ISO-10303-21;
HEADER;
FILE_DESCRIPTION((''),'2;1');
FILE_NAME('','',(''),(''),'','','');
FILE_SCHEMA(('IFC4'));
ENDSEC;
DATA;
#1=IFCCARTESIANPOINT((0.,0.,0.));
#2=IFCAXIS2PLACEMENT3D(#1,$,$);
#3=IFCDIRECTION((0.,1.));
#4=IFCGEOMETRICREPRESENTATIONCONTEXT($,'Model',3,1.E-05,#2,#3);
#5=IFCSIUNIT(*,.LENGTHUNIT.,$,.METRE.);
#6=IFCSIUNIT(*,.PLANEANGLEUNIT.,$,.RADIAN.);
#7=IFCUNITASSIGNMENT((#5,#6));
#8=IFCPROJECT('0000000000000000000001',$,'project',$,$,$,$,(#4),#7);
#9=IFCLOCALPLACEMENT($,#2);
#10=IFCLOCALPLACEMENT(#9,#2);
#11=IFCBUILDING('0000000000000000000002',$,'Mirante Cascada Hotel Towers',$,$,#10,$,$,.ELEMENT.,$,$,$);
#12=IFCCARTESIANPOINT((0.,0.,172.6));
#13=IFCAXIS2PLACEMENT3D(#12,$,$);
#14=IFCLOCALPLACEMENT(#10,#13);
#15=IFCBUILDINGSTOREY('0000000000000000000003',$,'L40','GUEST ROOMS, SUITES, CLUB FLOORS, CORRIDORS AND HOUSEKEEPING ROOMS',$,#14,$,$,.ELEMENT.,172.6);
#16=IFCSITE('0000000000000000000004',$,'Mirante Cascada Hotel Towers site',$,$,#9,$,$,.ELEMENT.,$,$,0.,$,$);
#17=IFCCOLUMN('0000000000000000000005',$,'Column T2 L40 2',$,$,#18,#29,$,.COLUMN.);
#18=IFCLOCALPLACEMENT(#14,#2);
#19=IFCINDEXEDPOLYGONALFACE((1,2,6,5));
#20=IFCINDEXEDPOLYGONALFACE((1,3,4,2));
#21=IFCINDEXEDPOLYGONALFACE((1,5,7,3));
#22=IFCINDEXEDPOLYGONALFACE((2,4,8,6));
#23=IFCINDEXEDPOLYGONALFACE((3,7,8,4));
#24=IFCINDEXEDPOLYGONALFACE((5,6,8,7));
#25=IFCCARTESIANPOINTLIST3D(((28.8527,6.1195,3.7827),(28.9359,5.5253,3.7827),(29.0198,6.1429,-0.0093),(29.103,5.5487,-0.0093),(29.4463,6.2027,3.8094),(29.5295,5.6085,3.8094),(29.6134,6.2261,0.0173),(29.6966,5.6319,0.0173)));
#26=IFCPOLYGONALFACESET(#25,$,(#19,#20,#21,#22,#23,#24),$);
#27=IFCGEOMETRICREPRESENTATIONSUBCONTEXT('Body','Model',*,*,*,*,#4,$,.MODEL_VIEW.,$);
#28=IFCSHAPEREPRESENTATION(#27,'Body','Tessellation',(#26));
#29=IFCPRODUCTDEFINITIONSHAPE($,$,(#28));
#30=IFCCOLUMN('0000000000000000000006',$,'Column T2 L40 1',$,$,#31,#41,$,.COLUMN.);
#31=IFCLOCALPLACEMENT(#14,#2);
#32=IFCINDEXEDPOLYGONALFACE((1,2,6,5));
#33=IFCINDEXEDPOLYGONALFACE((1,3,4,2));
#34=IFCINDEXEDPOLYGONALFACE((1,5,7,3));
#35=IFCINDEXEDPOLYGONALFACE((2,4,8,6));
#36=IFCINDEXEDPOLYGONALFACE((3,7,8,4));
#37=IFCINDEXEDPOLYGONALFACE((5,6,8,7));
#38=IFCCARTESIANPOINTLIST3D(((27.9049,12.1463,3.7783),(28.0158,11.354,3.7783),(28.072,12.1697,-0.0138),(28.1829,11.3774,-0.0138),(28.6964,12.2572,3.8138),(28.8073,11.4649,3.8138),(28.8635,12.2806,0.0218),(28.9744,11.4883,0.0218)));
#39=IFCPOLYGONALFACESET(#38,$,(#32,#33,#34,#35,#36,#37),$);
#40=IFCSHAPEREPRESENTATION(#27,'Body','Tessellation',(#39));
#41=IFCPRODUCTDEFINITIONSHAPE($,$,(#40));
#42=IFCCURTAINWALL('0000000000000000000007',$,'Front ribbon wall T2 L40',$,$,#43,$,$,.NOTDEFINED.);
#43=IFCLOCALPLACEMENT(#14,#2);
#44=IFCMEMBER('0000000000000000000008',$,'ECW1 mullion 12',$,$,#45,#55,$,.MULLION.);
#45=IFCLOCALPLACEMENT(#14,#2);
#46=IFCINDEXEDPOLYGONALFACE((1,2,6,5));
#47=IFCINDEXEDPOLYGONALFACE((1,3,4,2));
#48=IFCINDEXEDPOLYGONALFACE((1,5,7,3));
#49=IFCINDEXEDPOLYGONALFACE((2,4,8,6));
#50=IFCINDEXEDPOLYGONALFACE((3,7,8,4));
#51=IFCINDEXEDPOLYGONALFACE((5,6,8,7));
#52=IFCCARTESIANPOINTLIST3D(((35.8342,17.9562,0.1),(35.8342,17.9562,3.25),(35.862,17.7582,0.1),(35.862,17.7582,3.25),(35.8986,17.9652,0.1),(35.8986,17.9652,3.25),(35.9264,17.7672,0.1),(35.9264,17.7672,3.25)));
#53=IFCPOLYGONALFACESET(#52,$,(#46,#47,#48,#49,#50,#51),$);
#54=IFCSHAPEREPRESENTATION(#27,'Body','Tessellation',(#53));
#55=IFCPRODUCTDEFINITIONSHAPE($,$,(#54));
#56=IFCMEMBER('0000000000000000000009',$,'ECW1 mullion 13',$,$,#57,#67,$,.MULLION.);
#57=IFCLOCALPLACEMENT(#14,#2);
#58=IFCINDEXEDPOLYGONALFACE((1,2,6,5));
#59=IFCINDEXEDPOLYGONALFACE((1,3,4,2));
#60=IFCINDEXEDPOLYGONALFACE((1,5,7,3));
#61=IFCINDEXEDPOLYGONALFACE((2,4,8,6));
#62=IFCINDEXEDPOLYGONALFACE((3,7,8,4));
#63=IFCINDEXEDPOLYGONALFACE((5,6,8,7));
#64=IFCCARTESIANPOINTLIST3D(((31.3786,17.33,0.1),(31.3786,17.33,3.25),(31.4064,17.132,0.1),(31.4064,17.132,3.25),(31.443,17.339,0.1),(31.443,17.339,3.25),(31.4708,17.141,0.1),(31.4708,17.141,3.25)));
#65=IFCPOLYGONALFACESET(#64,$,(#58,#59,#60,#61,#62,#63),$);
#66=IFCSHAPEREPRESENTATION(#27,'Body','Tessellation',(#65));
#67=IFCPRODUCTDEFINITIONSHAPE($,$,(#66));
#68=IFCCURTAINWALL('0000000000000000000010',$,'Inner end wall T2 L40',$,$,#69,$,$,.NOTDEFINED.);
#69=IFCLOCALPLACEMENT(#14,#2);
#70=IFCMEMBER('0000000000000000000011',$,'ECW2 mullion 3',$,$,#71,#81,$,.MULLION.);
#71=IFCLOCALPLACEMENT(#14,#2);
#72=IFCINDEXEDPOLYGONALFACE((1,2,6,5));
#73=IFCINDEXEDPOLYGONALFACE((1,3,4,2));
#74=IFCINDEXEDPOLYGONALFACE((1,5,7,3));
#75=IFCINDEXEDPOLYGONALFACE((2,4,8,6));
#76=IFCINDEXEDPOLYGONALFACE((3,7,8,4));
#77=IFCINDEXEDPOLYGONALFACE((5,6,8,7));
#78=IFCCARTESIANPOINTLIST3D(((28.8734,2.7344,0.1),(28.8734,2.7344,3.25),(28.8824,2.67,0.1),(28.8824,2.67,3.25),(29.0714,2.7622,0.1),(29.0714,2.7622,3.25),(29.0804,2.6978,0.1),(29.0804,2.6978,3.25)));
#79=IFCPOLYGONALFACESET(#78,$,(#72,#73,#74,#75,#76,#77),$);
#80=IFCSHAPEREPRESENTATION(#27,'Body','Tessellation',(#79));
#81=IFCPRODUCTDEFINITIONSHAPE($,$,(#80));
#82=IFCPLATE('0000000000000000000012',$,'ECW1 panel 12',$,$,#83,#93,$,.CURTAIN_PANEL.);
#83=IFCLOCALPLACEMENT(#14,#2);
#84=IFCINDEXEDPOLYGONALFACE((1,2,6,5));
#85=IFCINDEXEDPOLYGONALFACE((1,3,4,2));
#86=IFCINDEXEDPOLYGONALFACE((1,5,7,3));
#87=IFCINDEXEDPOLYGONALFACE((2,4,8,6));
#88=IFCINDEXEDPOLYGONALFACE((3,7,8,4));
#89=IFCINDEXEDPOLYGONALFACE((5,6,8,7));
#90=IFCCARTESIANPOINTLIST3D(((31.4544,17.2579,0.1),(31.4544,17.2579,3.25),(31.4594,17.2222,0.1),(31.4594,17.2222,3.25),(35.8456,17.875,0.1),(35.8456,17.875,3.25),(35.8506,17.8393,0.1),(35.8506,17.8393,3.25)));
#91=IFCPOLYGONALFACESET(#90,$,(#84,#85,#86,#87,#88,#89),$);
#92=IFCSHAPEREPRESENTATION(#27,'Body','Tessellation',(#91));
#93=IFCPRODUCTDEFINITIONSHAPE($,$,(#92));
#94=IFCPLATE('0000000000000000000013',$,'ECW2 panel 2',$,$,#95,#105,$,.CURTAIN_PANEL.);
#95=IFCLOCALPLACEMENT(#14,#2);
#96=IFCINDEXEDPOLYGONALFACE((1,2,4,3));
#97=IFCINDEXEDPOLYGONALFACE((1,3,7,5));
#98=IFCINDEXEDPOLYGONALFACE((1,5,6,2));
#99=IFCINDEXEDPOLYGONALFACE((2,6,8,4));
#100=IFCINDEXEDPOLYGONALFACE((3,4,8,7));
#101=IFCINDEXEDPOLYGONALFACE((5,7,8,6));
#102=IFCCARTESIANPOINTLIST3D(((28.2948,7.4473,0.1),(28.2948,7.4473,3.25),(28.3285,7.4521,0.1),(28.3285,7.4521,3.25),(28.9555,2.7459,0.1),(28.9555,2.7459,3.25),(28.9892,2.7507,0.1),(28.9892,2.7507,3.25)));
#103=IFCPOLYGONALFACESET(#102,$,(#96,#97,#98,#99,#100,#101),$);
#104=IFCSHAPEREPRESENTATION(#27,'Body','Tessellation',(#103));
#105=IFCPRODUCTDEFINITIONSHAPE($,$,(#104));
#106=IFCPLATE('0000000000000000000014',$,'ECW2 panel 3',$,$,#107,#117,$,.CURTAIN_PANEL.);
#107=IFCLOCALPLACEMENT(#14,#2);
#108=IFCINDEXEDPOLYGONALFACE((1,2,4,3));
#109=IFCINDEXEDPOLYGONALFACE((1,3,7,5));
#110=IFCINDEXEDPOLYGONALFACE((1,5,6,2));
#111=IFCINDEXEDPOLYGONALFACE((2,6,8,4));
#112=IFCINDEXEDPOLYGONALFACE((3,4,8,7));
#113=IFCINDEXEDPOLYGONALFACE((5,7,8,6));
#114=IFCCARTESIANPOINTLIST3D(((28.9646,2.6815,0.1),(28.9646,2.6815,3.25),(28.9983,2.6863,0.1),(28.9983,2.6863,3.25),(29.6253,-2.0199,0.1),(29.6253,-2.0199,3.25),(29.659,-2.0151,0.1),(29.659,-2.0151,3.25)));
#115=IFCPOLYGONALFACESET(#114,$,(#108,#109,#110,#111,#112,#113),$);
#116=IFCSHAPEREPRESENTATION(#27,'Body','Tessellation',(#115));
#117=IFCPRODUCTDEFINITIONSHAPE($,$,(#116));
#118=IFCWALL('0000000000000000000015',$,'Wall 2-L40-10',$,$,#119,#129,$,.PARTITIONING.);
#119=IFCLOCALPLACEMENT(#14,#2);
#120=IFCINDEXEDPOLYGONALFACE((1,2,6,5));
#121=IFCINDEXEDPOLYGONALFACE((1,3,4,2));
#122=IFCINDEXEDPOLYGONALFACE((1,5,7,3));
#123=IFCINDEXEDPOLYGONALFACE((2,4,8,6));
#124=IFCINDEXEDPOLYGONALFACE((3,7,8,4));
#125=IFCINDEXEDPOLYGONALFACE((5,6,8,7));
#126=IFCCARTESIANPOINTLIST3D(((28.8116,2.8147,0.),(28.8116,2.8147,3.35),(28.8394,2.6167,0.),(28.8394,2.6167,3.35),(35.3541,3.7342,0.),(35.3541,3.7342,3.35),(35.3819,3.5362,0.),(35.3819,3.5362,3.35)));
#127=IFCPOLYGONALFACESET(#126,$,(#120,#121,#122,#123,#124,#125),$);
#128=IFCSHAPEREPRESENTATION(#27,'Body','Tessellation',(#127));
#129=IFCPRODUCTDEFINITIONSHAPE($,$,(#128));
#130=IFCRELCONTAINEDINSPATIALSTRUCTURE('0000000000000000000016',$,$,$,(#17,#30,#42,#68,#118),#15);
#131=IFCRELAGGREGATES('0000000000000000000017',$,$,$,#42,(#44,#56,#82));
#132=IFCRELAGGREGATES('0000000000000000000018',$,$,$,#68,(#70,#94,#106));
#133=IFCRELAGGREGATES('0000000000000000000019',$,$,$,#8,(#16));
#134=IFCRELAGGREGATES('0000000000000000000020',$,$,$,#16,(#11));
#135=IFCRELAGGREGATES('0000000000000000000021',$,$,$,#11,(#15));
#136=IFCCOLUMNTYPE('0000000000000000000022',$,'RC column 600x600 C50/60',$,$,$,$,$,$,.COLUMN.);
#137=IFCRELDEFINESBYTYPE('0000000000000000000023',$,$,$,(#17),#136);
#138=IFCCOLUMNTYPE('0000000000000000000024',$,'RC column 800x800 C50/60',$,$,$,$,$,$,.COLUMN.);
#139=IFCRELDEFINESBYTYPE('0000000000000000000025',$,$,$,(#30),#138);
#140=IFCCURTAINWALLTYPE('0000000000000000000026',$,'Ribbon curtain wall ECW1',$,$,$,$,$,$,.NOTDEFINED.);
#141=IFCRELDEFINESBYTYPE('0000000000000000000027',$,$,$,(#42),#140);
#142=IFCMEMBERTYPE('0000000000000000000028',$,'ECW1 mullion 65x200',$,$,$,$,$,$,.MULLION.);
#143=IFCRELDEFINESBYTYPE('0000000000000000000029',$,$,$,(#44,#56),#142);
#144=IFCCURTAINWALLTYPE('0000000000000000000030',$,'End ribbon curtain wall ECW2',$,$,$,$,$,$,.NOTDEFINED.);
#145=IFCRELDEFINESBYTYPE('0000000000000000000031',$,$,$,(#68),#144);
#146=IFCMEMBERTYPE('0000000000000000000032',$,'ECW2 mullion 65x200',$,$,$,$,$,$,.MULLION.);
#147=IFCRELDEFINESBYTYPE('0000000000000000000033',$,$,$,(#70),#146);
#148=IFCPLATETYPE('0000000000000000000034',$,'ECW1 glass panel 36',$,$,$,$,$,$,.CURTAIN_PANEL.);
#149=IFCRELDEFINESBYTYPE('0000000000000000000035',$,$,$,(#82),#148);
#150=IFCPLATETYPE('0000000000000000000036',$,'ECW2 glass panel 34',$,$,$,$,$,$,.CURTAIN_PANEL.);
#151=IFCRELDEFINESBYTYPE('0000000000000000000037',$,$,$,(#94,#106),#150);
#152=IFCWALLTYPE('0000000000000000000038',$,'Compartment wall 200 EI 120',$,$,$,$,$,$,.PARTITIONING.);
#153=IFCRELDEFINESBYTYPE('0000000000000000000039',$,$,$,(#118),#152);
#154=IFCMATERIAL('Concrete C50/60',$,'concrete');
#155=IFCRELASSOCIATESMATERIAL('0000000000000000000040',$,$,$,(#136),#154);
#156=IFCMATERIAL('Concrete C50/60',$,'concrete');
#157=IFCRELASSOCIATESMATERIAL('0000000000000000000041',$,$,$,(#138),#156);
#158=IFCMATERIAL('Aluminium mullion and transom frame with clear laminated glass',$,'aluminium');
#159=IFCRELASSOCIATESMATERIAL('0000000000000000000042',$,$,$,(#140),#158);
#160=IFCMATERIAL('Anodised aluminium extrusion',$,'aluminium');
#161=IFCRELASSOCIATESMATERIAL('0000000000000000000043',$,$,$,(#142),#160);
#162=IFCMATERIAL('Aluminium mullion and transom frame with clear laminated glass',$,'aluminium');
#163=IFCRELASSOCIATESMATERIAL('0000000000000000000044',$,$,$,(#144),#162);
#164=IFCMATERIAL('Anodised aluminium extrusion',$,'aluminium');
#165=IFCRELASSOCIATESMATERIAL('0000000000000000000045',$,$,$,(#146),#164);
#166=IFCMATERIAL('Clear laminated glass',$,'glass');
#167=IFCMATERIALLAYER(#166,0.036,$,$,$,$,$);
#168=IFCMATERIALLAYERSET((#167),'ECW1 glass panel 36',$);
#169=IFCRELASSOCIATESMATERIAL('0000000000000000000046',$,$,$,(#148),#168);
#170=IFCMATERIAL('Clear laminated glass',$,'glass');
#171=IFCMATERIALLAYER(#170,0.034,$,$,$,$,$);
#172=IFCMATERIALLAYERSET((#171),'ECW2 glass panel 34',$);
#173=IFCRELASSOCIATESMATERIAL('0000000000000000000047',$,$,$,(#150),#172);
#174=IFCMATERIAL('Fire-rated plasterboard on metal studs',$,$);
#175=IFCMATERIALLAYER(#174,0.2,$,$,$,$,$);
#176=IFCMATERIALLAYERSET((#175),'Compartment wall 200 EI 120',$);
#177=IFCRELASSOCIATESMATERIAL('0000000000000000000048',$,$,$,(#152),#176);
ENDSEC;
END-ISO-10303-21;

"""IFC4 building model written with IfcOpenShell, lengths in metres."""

from ifc_helpers import new_model, si_unit, direction, frame, frame_2d, origin, origin_2d, place, context, subcontext, project, spatial, rectangle, extrude, material, layer, layer_set, material_profile, profile_set, type_object, element, aggregate, save


model = new_model("IFC4")

# Units and contexts
model_context = context("Model", 3, precision=1e-05, world=origin(), true_north=direction((0.0, 1.0)))
body_context = subcontext(model_context, "Body", "Model", "MODEL_VIEW")
ifc_project = project(units=[si_unit("LENGTHUNIT", "METRE"), si_unit("PLANEANGLEUNIT", "RADIAN")], contexts=[model_context])

# Site, building, storey
site_placement = place(None, origin())
site = spatial("IfcSite", under=ifc_project, at=site_placement, Name="Mirante Cascada Hotel Towers site", CompositionType="ELEMENT", RefElevation=0.0)
building_placement = place(site_placement, origin())
building = spatial("IfcBuilding", under=site, at=building_placement, Name="Mirante Cascada Hotel Towers", CompositionType="ELEMENT")
storey_placement = place(building_placement, frame((0.0, 0.0, 172.6)))
storey = spatial("IfcBuildingStorey", under=building, at=storey_placement, Name="L40", Description="GUEST ROOMS, SUITES, CLUB FLOORS, CORRIDORS AND HOUSEKEEPING ROOMS", CompositionType="ELEMENT", Elevation=172.6)

# Columns
ifc_material_1 = material(Name="Concrete C50/60", Category="concrete")
ifc_material_profile_1 = material_profile(ifc_material_1, rectangle(XDim=0.6, YDim=0.6, at=origin_2d()), Name="RC column 600x600 C50/60")
ifc_profile_set_1 = profile_set([ifc_material_profile_1], Name="Concrete C50/60")
column_type_1 = type_object("IfcColumnType", Name="RC column 600x600 C50/60", PredefinedType="COLUMN", material=ifc_profile_set_1)
column_1_placement = place(storey_placement, frame((29.3582, 5.8874, 0.004), z_axis=(-0.044023, -0.006165, 0.999012), x_axis=(0.138683, -0.990337, 0.0)))
element("IfcColumn", 1, at=column_1_placement, inside=storey, type_object=column_type_1, Name="Column T2 L40 2", PredefinedType="COLUMN", context=body_context, shape_type="SweptSolid", body=[
    extrude(rectangle(XDim=0.6, YDim=0.6, at=origin_2d()), origin(), (0.0, 0.0, 1.0), 3.7958),
])
ifc_material_2 = material(Name="Concrete C50/60", Category="concrete")
ifc_material_profile_2 = material_profile(ifc_material_2, rectangle(XDim=0.8, YDim=0.8, at=origin_2d()), Name="RC column 800x800 C50/60")
ifc_profile_set_2 = profile_set([ifc_material_profile_2], Name="Concrete C50/60")
column_type_2 = type_object("IfcColumnType", Name="RC column 800x800 C50/60", PredefinedType="COLUMN", material=ifc_profile_set_2)
column_2_placement = place(storey_placement, frame((28.5232, 11.829, 0.004), z_axis=(-0.044023, -0.006165, 0.999012), x_axis=(0.138683, -0.990337, 0.0)))
element("IfcColumn", 2, at=column_2_placement, inside=storey, type_object=column_type_2, Name="Column T2 L40 1", PredefinedType="COLUMN", context=body_context, shape_type="SweptSolid", body=[
    extrude(rectangle(XDim=0.8, YDim=0.8, at=origin_2d()), origin(), (0.0, 0.0, 1.0), 3.7958),
])

# Curtain wall, members
ifc_material_3 = material(Name="Aluminium mullion and transom frame with clear laminated glass", Category="aluminium")
curtain_wall_type_1 = type_object("IfcCurtainWallType", Name="Ribbon curtain wall ECW1", PredefinedType="NOTDEFINED", material=ifc_material_3)
curtain_wall_1_placement = place(storey_placement, origin())
curtain_wall_1 = element("IfcCurtainWall", 3, at=curtain_wall_1_placement, inside=storey, type_object=curtain_wall_type_1, Name="Front ribbon wall T2 L40", PredefinedType="NOTDEFINED")
ifc_material_4 = material(Name="Anodised aluminium extrusion", Category="aluminium")
ifc_material_profile_3 = material_profile(ifc_material_4, rectangle(XDim=0.2, YDim=0.065, at=origin_2d()), Name="ECW1 MULLION 65x200")
ifc_profile_set_3 = profile_set([ifc_material_profile_3], Name="Anodised aluminium extrusion")
member_type_1 = type_object("IfcMemberType", Name="ECW1 mullion 65x200", PredefinedType="MULLION", material=ifc_profile_set_3)
member_1_placement = place(storey_placement, frame((35.8803, 17.8617, 0.1), z_axis=(0.0, 0.0, 1.0), x_axis=(0.139173, -0.990268, 0.0)))
member_1 = element("IfcMember", 4, at=member_1_placement, type_object=member_type_1, Name="ECW1 mullion 12", PredefinedType="MULLION", context=body_context, shape_type="SweptSolid", body=[
    extrude(rectangle(XDim=0.2, YDim=0.065, at=origin_2d()), origin(), (0.0, 0.0, 1.0), 3.15),
])
member_2_placement = place(storey_placement, frame((31.4247, 17.2355, 0.1), z_axis=(0.0, 0.0, 1.0), x_axis=(0.139173, -0.990268, 0.0)))
member_2 = element("IfcMember", 5, at=member_2_placement, type_object=member_type_1, Name="ECW1 mullion 13", PredefinedType="MULLION", context=body_context, shape_type="SweptSolid", body=[
    extrude(rectangle(XDim=0.2, YDim=0.065, at=origin_2d()), origin(), (0.0, 0.0, 1.0), 3.15),
])

# Curtain wall, member
ifc_material_5 = material(Name="Aluminium mullion and transom frame with clear laminated glass", Category="aluminium")
curtain_wall_type_2 = type_object("IfcCurtainWallType", Name="End ribbon curtain wall ECW2", PredefinedType="NOTDEFINED", material=ifc_material_5)
curtain_wall_2_placement = place(storey_placement, origin())
curtain_wall_2 = element("IfcCurtainWall", 6, at=curtain_wall_2_placement, inside=storey, type_object=curtain_wall_type_2, Name="Inner end wall T2 L40", PredefinedType="NOTDEFINED")
ifc_material_6 = material(Name="Anodised aluminium extrusion", Category="aluminium")
ifc_material_profile_4 = material_profile(ifc_material_6, rectangle(XDim=0.2, YDim=0.065, at=origin_2d()), Name="ECW2 MULLION 65x200")
ifc_profile_set_4 = profile_set([ifc_material_profile_4], Name="Anodised aluminium extrusion")
member_type_2 = type_object("IfcMemberType", Name="ECW2 mullion 65x200", PredefinedType="MULLION", material=ifc_profile_set_4)
member_3_placement = place(storey_placement, frame((28.9769, 2.7161, 0.1), z_axis=(0.0, 0.0, 1.0), x_axis=(0.990268, 0.139173, 0.0)))
member_3 = element("IfcMember", 7, at=member_3_placement, type_object=member_type_2, Name="ECW2 mullion 3", PredefinedType="MULLION", context=body_context, shape_type="SweptSolid", body=[
    extrude(rectangle(XDim=0.2, YDim=0.065, at=origin_2d()), origin(), (0.0, 0.0, 1.0), 3.15),
])

# Plates
ifc_material_7 = material(Name="Clear laminated glass", Category="glass")
ifc_layer_1 = layer(ifc_material_7, 0.036)
ifc_layer_set_1 = layer_set([ifc_layer_1], Name="ECW1 glass panel 36")
plate_type_1 = type_object("IfcPlateType", Name="ECW1 glass panel 36", PredefinedType="CURTAIN_PANEL", material=ifc_layer_set_1)
plate_1_placement = place(storey_placement, frame((33.6525, 17.5486, 0.1), z_axis=(0.0, 0.0, 1.0), x_axis=(-0.990268, -0.139173, 0.0)))
plate_1 = element("IfcPlate", 8, at=plate_1_placement, type_object=plate_type_1, Name="ECW1 panel 12", PredefinedType="CURTAIN_PANEL", context=body_context, shape_type="SweptSolid", body=[
    extrude(rectangle(XDim=4.4344, YDim=0.036, at=origin_2d()), origin(), (0.0, 0.0, 1.0), 3.15),
])
aggregate(curtain_wall_1, [member_1, member_2, plate_1])
ifc_material_8 = material(Name="Clear laminated glass", Category="glass")
ifc_layer_2 = layer(ifc_material_8, 0.034)
ifc_layer_set_2 = layer_set([ifc_layer_2], Name="ECW2 glass panel 34")
plate_type_2 = type_object("IfcPlateType", Name="ECW2 glass panel 34", PredefinedType="CURTAIN_PANEL", material=ifc_layer_set_2)
plate_2_placement = place(storey_placement, frame((28.642, 5.099, 0.1), z_axis=(0.0, 0.0, 1.0), x_axis=(0.139173, -0.990268, 0.0)))
plate_2 = element("IfcPlate", 9, at=plate_2_placement, type_object=plate_type_2, Name="ECW2 panel 2", PredefinedType="CURTAIN_PANEL", context=body_context, shape_type="SweptSolid", body=[
    extrude(rectangle(XDim=4.7476, YDim=0.034, at=origin_2d()), origin(), (0.0, 0.0, 1.0), 3.15),
])
plate_3_placement = place(storey_placement, frame((29.3118, 0.3332, 0.1), z_axis=(0.0, 0.0, 1.0), x_axis=(0.139173, -0.990268, 0.0)))
plate_3 = element("IfcPlate", 10, at=plate_3_placement, type_object=plate_type_2, Name="ECW2 panel 3", PredefinedType="CURTAIN_PANEL", context=body_context, shape_type="SweptSolid", body=[
    extrude(rectangle(XDim=4.7476, YDim=0.034, at=origin_2d()), origin(), (0.0, 0.0, 1.0), 3.15),
])
aggregate(curtain_wall_2, [member_3, plate_2, plate_3])

# Wall
ifc_material_9 = material(Name="Fire-rated plasterboard on metal studs")
ifc_layer_3 = layer(ifc_material_9, 0.2)
ifc_layer_set_3 = layer_set([ifc_layer_3], Name="Compartment wall 200 EI 120")
wall_type_1 = type_object("IfcWallType", Name="Compartment wall 200 EI 120", PredefinedType="PARTITIONING", material=ifc_layer_set_3)
wall_1_placement = place(storey_placement, frame((35.368, 3.6352, 0.0), z_axis=(0.0, 0.0, 1.0), x_axis=(-0.990268, -0.139175, 0.0)))
element("IfcWall", 11, at=wall_1_placement, inside=storey, type_object=wall_type_1, Name="Wall 2-L40-10", PredefinedType="PARTITIONING", context=body_context, shape_type="SweptSolid", body=[
    extrude(rectangle(XDim=6.6068, YDim=0.2, at=frame_2d((3.3034, 0.0))), origin(), (0.0, 0.0, 1.0), 3.35),
])

save(model, "model.ifc")
